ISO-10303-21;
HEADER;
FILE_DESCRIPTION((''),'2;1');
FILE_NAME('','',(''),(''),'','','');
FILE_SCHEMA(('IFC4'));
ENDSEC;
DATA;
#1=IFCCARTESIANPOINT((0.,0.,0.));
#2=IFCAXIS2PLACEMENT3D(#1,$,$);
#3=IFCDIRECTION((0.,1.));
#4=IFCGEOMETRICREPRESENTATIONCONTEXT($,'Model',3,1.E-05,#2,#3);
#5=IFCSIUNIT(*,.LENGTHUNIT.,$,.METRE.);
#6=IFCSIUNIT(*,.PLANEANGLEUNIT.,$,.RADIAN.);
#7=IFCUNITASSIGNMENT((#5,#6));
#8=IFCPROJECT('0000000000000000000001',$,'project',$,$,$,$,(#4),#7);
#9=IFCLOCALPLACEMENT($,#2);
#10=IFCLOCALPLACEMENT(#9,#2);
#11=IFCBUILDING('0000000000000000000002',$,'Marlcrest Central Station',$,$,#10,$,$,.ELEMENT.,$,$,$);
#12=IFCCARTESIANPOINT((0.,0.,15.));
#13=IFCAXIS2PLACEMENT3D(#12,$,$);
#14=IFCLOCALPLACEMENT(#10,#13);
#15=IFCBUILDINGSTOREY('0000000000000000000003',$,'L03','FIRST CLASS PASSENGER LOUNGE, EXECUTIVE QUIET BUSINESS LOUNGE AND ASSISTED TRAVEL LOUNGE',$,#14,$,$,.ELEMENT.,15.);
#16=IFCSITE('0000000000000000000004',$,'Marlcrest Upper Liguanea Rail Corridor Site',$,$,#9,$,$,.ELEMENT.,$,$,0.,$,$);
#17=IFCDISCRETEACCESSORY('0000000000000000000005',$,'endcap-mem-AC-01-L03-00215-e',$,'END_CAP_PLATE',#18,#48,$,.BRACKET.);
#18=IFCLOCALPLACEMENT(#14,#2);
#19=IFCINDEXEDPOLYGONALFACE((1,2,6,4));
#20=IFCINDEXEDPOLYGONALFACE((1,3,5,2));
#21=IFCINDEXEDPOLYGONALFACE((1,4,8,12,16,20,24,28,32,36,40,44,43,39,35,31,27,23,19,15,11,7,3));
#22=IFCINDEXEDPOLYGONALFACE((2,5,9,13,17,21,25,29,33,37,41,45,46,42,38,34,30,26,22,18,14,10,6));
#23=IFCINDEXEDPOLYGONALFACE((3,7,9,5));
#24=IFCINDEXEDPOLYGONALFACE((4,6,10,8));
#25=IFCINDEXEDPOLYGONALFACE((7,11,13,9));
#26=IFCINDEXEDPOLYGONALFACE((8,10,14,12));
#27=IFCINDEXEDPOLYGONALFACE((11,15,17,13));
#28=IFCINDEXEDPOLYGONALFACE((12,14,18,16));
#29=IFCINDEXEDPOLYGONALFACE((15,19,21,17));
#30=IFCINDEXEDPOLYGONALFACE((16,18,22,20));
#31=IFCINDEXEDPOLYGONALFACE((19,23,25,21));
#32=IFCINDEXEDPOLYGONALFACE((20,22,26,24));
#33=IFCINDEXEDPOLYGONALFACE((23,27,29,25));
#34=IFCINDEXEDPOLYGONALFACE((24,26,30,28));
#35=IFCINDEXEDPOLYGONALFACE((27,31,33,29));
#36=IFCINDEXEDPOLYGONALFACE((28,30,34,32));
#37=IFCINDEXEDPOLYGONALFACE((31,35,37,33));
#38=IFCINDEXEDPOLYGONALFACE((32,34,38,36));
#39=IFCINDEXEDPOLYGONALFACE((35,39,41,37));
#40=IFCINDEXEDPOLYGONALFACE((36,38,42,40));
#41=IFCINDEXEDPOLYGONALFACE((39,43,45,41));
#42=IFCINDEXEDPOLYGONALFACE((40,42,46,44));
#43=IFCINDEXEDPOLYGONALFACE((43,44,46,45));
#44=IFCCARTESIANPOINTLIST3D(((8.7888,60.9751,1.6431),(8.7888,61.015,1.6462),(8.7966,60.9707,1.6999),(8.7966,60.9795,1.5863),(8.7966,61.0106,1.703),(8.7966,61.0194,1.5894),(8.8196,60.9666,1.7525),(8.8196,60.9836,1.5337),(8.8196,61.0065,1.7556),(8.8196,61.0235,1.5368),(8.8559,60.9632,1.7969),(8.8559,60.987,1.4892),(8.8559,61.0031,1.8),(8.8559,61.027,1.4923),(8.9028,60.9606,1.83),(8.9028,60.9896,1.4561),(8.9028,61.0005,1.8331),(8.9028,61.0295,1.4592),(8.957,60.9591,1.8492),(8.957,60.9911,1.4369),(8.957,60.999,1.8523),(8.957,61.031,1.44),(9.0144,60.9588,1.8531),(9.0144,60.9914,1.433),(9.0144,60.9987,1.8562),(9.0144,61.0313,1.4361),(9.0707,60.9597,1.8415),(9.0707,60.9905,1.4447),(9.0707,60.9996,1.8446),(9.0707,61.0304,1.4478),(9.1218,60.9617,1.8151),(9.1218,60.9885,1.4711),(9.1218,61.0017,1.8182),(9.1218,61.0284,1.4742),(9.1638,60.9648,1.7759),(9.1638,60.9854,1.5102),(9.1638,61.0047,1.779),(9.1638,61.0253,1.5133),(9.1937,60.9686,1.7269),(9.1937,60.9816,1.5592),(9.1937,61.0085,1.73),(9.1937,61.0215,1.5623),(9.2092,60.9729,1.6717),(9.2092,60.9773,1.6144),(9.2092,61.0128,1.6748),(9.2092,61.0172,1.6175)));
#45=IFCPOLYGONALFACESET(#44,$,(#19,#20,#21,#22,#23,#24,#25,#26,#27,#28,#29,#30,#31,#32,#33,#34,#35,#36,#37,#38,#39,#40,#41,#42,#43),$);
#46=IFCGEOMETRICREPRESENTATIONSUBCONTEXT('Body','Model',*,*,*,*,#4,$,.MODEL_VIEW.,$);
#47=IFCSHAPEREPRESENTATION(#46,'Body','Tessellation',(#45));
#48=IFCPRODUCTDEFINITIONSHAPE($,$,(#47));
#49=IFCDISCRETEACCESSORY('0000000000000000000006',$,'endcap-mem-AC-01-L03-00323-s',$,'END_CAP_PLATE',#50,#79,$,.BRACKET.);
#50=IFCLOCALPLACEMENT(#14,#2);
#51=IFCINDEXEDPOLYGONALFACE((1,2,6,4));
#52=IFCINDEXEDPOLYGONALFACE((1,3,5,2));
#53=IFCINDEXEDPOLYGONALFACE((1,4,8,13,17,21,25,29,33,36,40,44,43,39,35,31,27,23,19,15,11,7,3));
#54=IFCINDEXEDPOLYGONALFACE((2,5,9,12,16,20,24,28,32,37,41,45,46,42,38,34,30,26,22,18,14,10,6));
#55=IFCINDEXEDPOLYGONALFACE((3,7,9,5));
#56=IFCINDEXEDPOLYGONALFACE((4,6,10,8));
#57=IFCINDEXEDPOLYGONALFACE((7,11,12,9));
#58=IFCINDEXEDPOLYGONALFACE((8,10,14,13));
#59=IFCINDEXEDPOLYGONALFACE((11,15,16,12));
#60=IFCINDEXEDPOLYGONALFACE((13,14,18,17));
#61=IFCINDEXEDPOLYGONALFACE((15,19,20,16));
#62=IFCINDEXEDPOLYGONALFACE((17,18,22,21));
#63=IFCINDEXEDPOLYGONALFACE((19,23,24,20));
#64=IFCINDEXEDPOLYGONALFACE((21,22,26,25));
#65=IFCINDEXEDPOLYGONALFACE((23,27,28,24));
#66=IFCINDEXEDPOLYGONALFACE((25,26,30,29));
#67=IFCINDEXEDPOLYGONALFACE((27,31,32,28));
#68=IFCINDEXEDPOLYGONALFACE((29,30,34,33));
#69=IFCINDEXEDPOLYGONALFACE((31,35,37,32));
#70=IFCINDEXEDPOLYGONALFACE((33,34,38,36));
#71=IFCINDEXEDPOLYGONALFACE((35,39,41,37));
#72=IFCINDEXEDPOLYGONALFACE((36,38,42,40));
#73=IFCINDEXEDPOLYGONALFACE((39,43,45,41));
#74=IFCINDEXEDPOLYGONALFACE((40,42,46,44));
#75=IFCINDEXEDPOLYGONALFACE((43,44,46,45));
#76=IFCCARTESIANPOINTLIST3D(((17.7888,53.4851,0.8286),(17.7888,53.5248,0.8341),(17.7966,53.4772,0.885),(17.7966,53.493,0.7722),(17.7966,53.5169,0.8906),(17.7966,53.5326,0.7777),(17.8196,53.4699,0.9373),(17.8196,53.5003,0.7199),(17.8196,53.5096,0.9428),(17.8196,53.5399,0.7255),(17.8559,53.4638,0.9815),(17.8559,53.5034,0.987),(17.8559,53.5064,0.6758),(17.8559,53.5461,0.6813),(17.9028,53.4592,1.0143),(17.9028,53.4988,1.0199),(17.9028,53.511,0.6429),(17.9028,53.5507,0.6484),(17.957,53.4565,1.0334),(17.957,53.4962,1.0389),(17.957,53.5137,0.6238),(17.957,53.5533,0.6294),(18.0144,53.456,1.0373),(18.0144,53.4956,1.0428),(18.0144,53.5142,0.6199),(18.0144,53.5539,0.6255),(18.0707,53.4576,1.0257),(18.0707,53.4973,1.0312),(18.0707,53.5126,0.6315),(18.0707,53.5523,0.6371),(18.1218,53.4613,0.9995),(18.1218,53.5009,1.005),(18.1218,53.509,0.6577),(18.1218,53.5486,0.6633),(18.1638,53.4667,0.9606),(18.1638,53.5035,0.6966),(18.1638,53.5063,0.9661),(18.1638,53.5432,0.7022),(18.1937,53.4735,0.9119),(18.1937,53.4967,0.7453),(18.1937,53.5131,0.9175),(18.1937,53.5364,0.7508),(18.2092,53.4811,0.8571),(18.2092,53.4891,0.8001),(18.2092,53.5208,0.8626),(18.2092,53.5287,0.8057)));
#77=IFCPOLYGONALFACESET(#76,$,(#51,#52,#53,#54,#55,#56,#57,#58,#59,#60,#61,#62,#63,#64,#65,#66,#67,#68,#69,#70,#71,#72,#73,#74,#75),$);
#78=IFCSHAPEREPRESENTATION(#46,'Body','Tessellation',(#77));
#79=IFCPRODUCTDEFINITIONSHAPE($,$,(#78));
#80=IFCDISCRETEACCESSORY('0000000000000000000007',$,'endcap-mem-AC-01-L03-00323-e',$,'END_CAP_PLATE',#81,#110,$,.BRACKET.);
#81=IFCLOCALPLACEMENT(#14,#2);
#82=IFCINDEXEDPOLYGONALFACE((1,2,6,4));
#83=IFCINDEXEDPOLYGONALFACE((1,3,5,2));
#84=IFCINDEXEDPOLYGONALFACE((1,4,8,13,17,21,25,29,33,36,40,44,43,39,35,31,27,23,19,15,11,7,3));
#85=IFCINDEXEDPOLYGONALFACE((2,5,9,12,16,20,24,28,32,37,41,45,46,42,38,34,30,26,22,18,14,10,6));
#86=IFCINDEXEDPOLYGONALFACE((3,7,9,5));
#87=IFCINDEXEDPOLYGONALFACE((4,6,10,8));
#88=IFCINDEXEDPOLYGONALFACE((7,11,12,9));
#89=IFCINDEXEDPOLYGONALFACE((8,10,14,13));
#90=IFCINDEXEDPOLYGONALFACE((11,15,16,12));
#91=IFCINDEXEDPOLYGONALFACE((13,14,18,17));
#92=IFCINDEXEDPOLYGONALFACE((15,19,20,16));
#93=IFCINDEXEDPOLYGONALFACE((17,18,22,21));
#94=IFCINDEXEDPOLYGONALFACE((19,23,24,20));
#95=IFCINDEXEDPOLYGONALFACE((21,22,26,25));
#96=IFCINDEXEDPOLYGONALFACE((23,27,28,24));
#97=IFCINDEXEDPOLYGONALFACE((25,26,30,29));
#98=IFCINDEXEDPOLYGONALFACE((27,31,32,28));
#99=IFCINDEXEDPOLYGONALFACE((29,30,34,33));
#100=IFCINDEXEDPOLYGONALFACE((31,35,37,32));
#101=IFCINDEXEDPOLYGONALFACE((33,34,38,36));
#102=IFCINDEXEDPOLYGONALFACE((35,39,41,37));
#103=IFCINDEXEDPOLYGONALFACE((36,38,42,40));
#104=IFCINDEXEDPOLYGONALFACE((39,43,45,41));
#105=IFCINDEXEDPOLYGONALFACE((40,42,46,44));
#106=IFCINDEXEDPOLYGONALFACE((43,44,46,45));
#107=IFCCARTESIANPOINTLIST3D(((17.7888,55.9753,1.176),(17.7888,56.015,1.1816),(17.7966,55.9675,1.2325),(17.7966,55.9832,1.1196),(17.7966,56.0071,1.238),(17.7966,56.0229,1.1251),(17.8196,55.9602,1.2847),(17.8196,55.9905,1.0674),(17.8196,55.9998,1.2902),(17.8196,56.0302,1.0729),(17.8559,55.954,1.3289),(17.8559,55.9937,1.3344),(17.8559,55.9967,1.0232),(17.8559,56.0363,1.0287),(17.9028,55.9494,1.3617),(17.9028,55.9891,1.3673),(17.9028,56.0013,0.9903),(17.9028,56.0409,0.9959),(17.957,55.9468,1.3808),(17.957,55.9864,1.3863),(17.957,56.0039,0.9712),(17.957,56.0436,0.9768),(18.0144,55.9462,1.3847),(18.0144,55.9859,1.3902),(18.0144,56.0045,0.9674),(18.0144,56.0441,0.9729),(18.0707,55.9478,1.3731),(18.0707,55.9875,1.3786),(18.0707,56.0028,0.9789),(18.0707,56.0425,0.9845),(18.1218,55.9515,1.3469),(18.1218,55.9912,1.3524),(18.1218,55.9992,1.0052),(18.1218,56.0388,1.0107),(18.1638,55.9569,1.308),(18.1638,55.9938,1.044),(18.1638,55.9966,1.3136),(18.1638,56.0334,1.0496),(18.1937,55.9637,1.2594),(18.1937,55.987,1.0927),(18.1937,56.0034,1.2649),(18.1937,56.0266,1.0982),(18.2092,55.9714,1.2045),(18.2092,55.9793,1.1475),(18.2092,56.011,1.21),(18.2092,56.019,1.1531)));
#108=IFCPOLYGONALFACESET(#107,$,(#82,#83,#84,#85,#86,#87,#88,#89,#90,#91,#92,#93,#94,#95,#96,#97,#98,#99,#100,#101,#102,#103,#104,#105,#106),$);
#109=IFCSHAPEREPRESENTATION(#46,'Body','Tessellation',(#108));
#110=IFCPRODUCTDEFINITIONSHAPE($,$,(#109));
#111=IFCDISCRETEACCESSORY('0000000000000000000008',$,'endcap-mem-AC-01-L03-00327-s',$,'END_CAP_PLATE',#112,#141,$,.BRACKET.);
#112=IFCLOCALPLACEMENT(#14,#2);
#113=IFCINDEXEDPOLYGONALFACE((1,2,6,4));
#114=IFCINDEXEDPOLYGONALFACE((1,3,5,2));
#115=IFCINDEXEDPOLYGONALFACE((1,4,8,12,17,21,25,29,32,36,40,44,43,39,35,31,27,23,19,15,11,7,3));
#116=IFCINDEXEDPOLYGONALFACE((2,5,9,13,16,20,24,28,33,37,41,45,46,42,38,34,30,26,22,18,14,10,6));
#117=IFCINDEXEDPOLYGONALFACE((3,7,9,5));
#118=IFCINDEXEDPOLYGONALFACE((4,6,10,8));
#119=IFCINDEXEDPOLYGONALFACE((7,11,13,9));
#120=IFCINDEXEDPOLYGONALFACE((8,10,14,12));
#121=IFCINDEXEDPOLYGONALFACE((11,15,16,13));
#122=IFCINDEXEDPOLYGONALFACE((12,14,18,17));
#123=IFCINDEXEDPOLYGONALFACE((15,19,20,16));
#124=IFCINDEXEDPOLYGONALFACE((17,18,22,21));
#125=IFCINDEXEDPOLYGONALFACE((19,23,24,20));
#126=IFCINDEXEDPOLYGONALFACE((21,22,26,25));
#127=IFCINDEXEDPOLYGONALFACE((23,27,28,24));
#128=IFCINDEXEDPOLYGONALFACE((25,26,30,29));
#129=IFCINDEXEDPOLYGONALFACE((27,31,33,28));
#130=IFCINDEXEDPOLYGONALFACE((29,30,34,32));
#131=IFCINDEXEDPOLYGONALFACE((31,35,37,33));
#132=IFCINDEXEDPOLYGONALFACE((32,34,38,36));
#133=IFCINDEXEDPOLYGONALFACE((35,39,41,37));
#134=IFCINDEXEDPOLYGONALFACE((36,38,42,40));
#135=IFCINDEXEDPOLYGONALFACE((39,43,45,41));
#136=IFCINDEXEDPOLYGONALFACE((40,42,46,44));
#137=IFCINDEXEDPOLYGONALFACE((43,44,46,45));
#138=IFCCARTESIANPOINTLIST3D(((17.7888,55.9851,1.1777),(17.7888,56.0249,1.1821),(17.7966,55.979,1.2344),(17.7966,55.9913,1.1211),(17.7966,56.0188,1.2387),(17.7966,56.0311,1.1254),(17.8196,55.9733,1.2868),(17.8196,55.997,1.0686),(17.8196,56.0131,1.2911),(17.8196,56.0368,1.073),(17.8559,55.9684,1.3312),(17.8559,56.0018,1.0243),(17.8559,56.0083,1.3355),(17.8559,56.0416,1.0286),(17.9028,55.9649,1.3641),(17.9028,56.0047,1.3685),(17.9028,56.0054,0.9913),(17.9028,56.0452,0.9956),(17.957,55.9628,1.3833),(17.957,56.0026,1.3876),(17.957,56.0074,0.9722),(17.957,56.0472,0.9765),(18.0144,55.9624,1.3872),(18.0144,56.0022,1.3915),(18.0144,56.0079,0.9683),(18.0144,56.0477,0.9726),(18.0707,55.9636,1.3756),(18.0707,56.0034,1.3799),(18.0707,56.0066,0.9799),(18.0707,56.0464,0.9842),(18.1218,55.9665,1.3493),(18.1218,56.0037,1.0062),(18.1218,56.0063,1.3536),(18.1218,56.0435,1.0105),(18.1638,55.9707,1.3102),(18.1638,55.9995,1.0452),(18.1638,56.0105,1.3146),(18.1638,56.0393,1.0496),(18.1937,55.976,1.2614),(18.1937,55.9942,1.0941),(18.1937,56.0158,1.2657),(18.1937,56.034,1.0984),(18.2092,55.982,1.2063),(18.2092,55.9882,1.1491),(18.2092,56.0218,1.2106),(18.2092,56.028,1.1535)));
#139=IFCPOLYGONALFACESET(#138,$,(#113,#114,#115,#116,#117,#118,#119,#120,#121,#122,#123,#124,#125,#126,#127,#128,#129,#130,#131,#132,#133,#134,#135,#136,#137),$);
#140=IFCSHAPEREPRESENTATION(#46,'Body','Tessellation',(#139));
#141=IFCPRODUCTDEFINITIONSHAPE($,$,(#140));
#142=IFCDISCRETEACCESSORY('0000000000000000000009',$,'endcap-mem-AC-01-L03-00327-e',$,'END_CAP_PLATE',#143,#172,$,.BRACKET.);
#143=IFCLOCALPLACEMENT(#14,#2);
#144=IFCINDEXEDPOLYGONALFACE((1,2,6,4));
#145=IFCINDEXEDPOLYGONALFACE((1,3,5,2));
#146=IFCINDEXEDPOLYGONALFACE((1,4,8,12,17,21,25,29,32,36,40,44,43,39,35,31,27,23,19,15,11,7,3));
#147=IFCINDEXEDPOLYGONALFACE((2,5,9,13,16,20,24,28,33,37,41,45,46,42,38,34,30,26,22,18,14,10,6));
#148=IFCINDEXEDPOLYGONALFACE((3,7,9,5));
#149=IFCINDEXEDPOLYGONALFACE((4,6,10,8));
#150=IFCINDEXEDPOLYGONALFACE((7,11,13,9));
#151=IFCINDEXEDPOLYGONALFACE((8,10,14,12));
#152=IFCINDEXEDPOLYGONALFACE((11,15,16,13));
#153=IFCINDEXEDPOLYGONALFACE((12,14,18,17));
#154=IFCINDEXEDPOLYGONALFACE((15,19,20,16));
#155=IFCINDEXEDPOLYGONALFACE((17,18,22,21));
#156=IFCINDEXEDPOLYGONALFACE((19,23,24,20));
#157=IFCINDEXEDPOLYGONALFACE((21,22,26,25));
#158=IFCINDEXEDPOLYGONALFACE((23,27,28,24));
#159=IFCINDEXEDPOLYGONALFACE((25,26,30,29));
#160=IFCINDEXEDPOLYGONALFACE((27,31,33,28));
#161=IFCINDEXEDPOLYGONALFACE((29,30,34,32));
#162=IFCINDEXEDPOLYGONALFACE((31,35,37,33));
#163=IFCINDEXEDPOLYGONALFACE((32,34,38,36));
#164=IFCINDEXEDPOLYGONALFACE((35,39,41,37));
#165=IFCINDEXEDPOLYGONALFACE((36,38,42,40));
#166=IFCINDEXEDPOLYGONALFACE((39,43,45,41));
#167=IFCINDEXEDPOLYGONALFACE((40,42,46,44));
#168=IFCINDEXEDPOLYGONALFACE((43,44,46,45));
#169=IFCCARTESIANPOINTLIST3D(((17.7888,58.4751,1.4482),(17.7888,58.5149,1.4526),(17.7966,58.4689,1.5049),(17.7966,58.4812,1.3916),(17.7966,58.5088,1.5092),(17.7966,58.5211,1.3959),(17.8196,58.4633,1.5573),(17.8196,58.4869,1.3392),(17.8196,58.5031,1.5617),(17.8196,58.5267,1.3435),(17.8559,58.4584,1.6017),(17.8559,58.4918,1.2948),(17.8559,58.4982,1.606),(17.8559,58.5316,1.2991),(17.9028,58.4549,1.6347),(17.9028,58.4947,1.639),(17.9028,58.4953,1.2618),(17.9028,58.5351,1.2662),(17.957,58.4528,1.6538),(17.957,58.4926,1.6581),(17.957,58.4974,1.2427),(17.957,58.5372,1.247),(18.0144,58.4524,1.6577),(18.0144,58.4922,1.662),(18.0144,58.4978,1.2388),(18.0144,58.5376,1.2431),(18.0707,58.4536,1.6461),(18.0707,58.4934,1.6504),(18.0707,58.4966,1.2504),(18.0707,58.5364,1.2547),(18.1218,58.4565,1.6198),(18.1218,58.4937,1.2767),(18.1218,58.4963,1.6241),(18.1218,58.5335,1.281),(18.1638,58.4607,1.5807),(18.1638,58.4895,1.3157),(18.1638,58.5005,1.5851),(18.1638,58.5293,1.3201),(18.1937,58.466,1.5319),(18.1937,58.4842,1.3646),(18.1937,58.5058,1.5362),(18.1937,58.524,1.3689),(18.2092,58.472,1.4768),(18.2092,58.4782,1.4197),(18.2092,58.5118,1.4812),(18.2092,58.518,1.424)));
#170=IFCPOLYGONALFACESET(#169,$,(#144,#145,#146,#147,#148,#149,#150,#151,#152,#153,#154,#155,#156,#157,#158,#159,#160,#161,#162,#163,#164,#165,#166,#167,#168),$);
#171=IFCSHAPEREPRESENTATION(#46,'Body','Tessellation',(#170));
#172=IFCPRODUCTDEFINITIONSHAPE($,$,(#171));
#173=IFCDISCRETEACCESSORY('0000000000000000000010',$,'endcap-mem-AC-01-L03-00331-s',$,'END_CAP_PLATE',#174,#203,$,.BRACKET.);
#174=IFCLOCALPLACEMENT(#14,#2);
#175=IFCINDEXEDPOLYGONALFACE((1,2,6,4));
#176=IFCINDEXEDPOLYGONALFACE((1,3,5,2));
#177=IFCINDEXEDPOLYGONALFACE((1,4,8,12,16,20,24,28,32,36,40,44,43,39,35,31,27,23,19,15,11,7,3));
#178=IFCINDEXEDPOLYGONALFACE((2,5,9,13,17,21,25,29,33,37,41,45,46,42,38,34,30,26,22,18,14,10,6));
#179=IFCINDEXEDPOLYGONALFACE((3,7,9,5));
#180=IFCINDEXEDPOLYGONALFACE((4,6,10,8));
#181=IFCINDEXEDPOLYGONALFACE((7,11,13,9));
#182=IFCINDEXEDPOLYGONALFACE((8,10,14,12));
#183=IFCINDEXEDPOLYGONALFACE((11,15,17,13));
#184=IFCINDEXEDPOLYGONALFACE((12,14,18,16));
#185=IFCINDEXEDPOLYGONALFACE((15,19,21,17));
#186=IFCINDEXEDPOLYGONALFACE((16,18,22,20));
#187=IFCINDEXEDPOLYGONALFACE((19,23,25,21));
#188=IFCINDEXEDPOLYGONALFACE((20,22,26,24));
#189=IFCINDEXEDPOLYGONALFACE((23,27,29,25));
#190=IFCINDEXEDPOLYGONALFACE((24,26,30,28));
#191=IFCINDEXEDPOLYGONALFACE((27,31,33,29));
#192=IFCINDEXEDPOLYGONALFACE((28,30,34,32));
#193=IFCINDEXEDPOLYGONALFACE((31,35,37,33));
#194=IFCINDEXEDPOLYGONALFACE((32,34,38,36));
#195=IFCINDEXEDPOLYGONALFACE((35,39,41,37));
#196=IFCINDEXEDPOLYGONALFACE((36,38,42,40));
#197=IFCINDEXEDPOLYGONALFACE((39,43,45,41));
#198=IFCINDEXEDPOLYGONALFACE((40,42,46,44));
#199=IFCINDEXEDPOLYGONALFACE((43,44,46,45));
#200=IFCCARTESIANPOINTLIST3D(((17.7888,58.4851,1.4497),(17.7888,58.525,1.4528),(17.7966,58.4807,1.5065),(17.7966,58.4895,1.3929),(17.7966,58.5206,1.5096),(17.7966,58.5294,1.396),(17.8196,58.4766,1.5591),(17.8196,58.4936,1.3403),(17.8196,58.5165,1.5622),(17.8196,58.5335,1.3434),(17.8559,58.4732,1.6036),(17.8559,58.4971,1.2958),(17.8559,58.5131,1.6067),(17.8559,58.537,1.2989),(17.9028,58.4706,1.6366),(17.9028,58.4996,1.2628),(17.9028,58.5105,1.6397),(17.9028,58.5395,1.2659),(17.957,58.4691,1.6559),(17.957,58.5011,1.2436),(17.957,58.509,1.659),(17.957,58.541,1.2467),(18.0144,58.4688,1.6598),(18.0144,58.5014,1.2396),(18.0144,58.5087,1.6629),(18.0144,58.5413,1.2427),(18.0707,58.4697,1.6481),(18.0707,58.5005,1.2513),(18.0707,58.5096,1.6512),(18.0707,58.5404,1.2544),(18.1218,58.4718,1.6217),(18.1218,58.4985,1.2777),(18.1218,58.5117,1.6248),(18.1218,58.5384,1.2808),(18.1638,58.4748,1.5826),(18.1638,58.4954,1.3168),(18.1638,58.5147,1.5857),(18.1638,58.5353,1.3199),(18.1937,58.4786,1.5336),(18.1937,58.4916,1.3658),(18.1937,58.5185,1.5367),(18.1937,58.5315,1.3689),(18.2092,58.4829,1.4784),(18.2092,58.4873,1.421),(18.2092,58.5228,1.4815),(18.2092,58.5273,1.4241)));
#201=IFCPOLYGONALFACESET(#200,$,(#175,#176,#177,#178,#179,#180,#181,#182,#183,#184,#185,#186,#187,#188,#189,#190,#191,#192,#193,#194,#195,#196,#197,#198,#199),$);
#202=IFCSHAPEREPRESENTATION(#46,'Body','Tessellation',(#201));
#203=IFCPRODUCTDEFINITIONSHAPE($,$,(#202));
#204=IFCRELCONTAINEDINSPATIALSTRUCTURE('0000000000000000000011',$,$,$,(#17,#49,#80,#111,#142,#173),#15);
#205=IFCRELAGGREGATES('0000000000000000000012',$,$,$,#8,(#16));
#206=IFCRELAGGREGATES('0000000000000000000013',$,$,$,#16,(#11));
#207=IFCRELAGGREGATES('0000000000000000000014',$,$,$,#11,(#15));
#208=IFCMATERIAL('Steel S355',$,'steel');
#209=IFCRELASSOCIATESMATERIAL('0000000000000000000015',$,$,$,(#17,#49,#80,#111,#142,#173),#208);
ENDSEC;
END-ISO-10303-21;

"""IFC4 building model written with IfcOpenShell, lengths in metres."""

from ifc_helpers import new_model, si_unit, direction, frame, origin, origin_2d, place, context, subcontext, project, spatial, circle, extrude, material, element, save


model = new_model("IFC4")

# Units and contexts
model_context = context("Model", 3, precision=1e-05, world=origin(), true_north=direction((0.0, 1.0)))
body_context = subcontext(model_context, "Body", "Model", "MODEL_VIEW")
ifc_project = project(units=[si_unit("LENGTHUNIT", "METRE"), si_unit("PLANEANGLEUNIT", "RADIAN")], contexts=[model_context])

# Site, building, storey
site_placement = place(None, origin())
site = spatial("IfcSite", under=ifc_project, at=site_placement, Name="Marlcrest Upper Liguanea Rail Corridor Site", CompositionType="ELEMENT", RefElevation=0.0)
building_placement = place(site_placement, origin())
building = spatial("IfcBuilding", under=site, at=building_placement, Name="Marlcrest Central Station", CompositionType="ELEMENT")
storey_placement = place(building_placement, frame((0.0, 0.0, 15.0)))
storey = spatial("IfcBuildingStorey", under=building, at=storey_placement, Name="L03", Description="FIRST CLASS PASSENGER LOUNGE, EXECUTIVE QUIET BUSINESS LOUNGE AND ASSISTED TRAVEL LOUNGE", CompositionType="ELEMENT", Elevation=15.0)

# Shared definitions
ifc_material_1 = material(Name="Steel S355", Category="steel")

# Discrete accessories
for number, where, z_axis, x_axis, name in (
    (1, (9.0, 60.9751, 1.6431), (0.0, 0.997, 0.077404), (-1.0, 0.0, 0.0), "endcap-mem-AC-01-L03-00215-e"),
    (2, (18.0, 53.4851, 0.8286), (0.0, 0.990403, 0.138211), (-1.0, 0.0, 0.0), "endcap-mem-AC-01-L03-00323-s"),
    (3, (18.0, 55.9753, 1.176), (0.0, 0.990403, 0.138211), (-1.0, 0.0, 0.0), "endcap-mem-AC-01-L03-00323-e"),
    (4, (18.0, 55.9851, 1.1777), (0.0, 0.994155, 0.107959), (-1.0, 0.0, 0.0), "endcap-mem-AC-01-L03-00327-s"),
    (5, (18.0, 58.4751, 1.4482), (0.0, 0.994155, 0.107959), (-1.0, 0.0, 0.0), "endcap-mem-AC-01-L03-00327-e"),
    (6, (18.0, 58.4851, 1.4497), (0.0, 0.997, 0.077404), (-1.0, 0.0, 0.0), "endcap-mem-AC-01-L03-00331-s"),
):
    element("IfcDiscreteAccessory", number, at=place(storey_placement, frame(where, z_axis=z_axis, x_axis=x_axis)), inside=storey, material=ifc_material_1, Name=name, ObjectType="END_CAP_PLATE", PredefinedType="BRACKET", context=body_context, shape_type="SweptSolid", body=[
        extrude(circle(Radius=0.2112, at=origin_2d()), origin(), (0.0, 0.0, 1.0), 0.04),
    ])

save(model, "model.ifc")
